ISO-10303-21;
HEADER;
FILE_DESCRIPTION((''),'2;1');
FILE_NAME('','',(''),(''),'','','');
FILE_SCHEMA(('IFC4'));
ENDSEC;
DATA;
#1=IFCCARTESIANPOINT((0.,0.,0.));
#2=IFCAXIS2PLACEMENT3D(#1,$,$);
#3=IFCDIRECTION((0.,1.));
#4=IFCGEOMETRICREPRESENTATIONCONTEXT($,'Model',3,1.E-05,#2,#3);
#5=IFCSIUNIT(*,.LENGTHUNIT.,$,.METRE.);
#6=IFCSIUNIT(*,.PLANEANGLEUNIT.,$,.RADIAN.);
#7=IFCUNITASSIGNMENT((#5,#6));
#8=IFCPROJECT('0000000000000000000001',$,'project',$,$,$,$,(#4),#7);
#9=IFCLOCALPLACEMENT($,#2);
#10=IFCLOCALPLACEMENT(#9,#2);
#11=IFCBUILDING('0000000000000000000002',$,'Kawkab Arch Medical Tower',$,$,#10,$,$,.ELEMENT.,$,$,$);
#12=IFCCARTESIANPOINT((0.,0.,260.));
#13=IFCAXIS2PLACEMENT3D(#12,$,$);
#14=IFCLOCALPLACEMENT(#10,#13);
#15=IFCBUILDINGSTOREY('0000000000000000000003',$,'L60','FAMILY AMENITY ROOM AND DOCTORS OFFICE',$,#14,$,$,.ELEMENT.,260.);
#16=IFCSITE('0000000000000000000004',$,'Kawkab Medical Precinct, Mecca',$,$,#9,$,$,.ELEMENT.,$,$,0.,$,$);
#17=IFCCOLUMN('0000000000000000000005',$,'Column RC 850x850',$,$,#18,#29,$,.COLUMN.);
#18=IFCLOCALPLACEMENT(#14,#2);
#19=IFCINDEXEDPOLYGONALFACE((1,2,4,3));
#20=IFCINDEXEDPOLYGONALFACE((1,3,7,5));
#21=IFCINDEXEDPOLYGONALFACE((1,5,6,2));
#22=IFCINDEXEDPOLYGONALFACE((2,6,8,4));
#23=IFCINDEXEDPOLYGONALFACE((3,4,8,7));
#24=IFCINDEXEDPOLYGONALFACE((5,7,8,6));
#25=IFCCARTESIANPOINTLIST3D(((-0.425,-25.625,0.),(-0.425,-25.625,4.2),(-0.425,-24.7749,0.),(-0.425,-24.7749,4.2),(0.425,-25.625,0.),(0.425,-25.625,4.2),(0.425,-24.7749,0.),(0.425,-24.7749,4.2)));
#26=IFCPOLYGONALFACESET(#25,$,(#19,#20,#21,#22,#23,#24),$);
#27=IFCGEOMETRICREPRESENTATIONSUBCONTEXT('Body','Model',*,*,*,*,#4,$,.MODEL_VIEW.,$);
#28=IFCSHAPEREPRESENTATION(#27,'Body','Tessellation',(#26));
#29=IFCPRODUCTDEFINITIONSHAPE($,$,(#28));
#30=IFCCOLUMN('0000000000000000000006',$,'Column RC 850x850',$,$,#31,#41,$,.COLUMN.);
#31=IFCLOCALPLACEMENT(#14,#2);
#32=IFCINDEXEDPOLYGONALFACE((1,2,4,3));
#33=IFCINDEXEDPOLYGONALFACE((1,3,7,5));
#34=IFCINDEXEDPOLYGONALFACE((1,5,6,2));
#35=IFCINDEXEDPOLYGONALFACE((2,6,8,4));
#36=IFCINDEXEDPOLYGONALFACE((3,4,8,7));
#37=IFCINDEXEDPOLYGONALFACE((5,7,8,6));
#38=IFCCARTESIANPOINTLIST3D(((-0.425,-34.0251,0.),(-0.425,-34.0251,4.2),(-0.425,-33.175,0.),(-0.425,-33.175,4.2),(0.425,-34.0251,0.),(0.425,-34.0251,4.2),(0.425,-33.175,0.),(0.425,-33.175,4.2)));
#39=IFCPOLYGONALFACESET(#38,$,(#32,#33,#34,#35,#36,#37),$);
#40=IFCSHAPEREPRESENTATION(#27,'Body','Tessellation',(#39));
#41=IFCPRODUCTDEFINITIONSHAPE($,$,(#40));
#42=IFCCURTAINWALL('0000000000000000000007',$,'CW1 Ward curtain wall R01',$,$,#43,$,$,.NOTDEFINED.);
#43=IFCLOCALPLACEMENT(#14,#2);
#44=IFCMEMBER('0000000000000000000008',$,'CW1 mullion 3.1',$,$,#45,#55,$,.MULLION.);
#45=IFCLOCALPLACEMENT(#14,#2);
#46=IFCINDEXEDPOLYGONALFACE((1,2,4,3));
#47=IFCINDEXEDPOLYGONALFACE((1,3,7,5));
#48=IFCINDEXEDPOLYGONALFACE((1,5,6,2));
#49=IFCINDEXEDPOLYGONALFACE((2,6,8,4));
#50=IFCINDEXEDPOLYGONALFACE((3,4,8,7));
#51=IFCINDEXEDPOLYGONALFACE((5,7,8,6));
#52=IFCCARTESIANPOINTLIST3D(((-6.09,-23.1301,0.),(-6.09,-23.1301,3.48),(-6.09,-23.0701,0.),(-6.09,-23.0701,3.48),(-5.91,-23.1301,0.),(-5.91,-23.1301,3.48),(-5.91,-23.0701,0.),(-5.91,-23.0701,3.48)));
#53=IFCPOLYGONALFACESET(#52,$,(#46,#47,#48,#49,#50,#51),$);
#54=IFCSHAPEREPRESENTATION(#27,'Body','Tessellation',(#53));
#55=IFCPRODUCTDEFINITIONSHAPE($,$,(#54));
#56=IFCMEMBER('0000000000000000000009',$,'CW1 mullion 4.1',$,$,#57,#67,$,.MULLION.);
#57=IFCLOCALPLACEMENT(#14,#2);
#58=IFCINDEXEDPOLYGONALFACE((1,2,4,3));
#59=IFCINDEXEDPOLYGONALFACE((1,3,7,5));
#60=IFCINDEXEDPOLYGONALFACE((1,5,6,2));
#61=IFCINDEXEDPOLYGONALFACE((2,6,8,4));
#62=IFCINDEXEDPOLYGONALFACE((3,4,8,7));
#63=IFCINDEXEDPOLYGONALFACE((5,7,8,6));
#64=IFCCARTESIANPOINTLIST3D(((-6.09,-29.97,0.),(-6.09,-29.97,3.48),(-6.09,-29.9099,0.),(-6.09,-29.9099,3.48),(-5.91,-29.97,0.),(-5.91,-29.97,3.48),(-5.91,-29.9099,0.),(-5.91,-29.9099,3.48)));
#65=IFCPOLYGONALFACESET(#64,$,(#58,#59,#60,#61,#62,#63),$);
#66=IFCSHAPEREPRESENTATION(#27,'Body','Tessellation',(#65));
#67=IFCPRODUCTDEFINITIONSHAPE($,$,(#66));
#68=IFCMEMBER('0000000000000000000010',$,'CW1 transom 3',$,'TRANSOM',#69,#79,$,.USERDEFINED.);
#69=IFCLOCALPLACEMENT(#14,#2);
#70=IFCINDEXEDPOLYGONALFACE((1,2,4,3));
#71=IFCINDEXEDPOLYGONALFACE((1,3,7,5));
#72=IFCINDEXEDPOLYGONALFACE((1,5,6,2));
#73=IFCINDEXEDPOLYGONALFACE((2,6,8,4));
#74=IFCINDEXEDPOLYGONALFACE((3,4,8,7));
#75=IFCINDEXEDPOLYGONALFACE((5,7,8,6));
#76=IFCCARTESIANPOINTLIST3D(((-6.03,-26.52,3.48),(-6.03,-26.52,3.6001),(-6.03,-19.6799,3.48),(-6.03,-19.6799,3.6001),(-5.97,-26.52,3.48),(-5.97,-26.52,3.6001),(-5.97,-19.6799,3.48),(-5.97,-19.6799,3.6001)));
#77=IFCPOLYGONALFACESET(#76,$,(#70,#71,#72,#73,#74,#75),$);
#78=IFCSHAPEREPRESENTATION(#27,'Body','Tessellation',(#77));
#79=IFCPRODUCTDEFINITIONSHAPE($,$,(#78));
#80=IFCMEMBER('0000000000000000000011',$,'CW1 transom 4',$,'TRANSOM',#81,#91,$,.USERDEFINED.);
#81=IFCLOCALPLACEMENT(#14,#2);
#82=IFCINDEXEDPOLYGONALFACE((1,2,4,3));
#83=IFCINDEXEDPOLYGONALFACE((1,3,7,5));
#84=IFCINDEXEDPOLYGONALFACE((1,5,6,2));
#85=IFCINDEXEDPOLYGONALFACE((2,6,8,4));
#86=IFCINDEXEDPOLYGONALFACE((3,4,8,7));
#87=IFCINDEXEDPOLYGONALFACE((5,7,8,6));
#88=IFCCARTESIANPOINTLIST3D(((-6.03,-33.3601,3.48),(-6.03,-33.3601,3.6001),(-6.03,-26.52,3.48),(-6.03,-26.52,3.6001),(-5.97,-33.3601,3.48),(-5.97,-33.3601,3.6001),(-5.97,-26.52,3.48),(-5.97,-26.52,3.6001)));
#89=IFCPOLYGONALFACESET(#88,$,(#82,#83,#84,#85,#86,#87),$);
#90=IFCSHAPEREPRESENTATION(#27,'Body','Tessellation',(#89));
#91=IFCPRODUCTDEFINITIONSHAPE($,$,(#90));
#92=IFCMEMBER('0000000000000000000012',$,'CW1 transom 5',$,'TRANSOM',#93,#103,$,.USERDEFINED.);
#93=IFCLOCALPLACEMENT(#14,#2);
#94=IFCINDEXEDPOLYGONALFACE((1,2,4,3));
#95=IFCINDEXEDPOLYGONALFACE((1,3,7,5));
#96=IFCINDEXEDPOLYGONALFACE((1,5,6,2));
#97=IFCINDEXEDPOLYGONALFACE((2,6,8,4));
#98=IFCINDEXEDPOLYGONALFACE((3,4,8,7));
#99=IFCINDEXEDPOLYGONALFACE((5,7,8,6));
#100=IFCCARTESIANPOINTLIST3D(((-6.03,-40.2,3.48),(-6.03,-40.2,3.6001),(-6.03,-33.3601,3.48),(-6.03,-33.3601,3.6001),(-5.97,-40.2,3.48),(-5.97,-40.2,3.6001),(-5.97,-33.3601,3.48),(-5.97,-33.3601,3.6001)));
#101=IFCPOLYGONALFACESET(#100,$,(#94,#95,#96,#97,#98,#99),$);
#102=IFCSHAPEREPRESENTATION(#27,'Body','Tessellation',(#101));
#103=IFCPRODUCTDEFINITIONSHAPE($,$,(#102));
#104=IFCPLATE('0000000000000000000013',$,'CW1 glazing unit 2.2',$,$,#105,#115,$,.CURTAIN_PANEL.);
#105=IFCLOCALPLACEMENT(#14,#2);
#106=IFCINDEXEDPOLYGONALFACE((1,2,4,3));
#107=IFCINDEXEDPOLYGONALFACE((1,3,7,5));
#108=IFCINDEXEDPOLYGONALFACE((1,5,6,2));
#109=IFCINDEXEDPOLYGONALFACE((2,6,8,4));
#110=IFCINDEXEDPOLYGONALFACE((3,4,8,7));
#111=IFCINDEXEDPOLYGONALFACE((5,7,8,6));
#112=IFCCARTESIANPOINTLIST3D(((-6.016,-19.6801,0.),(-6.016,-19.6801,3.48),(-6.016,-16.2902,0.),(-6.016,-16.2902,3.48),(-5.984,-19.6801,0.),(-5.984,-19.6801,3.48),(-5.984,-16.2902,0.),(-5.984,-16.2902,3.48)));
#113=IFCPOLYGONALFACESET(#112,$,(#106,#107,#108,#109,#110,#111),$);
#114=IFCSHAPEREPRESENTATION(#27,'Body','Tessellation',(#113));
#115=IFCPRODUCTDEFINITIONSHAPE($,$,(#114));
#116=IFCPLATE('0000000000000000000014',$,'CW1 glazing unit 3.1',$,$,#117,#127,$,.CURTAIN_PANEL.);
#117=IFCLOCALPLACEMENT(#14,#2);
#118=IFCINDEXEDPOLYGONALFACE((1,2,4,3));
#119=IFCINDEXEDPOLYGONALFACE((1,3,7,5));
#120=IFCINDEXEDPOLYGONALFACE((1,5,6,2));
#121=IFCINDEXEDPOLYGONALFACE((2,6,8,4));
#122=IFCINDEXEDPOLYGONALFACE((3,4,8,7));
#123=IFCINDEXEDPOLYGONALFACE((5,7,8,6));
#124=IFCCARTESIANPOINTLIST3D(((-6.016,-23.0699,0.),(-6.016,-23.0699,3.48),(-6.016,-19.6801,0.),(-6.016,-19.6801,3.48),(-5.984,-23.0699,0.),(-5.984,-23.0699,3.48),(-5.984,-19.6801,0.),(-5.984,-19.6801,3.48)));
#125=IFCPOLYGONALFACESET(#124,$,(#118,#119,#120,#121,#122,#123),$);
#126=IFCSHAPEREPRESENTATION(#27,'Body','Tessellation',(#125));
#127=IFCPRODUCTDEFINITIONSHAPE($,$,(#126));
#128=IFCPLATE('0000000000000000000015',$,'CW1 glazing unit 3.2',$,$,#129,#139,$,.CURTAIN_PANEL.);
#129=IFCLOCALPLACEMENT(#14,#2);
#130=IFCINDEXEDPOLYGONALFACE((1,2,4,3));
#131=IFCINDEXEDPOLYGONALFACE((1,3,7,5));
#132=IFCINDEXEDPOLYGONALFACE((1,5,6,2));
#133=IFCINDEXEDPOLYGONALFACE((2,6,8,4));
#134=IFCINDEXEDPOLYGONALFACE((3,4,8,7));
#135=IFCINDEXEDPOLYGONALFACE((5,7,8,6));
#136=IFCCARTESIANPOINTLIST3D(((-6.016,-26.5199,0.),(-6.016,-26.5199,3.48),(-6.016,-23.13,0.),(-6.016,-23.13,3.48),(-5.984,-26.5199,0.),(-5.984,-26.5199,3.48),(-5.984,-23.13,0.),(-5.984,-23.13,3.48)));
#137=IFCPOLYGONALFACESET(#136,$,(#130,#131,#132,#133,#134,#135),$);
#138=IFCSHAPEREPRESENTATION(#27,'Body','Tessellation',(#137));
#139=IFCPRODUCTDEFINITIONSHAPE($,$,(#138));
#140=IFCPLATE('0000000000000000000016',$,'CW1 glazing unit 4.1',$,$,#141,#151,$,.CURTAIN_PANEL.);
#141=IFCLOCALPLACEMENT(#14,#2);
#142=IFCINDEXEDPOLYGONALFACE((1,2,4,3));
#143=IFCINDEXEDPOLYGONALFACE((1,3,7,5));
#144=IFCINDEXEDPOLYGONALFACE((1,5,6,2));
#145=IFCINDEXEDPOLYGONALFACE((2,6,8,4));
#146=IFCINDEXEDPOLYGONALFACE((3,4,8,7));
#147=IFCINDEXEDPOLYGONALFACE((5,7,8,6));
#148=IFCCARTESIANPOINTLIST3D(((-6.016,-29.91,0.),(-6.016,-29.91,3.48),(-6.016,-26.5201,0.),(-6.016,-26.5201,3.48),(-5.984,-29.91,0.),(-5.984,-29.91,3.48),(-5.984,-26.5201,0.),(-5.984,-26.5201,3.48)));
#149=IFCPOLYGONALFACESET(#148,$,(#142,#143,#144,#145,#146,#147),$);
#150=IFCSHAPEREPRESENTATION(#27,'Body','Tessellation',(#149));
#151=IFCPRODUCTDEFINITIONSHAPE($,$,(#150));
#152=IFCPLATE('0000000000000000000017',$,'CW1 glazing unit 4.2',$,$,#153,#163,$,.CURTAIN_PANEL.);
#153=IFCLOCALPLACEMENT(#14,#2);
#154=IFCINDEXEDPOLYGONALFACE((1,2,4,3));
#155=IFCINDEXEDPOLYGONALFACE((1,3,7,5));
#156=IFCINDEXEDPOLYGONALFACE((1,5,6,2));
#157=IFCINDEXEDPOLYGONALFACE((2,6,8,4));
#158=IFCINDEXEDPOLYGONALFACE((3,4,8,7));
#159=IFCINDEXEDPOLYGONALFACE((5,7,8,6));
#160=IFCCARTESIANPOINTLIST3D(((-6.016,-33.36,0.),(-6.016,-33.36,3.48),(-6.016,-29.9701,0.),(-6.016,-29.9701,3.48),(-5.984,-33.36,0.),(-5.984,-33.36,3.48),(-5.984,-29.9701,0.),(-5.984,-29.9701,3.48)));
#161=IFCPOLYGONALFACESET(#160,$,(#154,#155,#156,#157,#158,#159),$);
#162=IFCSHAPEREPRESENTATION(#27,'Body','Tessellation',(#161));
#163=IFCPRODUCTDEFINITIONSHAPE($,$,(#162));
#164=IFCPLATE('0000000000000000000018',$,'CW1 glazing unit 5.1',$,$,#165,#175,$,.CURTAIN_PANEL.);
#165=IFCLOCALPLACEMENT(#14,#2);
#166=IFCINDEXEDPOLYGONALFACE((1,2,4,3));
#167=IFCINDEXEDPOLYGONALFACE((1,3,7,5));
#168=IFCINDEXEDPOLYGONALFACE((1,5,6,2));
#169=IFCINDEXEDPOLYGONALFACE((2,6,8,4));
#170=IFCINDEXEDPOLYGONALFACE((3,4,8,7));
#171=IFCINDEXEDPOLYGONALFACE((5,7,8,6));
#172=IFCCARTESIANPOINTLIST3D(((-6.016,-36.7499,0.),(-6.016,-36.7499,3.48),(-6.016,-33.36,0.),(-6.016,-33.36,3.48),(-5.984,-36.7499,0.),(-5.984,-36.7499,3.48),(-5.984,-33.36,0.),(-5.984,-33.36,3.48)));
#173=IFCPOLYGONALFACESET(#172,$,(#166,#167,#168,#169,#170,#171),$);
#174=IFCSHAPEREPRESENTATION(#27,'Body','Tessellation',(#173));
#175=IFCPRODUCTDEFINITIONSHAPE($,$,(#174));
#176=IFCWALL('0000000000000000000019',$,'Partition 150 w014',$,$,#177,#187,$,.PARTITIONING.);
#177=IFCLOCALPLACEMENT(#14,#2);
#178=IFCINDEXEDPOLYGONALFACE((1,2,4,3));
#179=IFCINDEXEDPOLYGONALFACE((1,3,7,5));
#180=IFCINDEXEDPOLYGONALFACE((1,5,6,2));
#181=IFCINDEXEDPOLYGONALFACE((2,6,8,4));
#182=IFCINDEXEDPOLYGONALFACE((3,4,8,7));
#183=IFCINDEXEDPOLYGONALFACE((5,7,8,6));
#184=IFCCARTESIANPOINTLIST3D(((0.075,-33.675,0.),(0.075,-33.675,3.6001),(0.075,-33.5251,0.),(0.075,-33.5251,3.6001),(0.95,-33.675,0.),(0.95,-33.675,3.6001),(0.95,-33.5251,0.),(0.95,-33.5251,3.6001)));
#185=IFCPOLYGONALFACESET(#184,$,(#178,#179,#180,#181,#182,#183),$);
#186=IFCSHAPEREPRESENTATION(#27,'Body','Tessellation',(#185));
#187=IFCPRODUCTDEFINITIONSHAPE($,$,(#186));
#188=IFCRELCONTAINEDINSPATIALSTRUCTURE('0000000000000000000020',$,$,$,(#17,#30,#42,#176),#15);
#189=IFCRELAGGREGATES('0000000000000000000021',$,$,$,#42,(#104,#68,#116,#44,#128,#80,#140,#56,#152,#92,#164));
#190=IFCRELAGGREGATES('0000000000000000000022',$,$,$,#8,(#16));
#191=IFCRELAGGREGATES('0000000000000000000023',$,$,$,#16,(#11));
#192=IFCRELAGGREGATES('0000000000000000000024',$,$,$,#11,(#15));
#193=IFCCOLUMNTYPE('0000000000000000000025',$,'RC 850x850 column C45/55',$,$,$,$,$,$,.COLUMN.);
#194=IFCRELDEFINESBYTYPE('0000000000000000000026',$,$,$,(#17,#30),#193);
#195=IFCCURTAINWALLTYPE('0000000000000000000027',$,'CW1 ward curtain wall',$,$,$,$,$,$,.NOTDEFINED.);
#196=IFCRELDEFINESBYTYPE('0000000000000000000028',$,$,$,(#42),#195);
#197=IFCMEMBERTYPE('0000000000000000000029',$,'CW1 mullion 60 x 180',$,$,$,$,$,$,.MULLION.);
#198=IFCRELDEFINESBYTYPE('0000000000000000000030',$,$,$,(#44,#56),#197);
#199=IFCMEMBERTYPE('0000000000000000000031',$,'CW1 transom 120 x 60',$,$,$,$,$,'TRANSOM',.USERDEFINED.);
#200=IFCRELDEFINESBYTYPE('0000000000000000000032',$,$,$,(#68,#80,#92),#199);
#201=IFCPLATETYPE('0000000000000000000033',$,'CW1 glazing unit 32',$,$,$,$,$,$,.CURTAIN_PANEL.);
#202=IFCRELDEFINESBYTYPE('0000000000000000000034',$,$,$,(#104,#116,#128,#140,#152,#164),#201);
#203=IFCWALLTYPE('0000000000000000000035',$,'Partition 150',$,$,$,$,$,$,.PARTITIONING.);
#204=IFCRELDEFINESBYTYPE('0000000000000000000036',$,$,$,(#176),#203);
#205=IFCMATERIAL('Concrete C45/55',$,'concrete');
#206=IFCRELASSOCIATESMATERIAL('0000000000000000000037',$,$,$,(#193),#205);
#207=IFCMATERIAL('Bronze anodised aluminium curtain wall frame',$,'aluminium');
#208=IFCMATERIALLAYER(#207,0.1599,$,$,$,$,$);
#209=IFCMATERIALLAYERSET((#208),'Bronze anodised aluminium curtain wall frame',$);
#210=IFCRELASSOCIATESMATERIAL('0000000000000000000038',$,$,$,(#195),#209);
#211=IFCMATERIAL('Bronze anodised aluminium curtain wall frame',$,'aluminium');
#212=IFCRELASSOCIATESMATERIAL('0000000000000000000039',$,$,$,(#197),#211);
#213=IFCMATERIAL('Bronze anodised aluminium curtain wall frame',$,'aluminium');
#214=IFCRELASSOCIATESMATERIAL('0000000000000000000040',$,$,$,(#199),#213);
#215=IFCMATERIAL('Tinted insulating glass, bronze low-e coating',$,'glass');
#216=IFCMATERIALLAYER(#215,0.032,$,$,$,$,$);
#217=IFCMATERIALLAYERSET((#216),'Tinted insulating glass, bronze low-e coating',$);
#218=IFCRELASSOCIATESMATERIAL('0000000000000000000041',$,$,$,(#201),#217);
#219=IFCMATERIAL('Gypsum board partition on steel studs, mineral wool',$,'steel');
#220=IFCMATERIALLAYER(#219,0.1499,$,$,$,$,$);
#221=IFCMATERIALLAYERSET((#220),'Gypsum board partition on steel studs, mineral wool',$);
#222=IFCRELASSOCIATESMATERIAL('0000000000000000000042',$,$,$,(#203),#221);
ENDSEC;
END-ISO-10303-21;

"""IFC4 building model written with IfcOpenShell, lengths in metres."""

from ifc_helpers import new_model, si_unit, direction, frame, frame_2d, origin, origin_2d, place, context, subcontext, project, spatial, rectangle, extrude, material, layer, layer_set, material_profile, profile_set, type_object, element, aggregate, save


model = new_model("IFC4")

# Units and contexts
model_context = context("Model", 3, precision=1e-05, world=origin(), true_north=direction((0.0, 1.0)))
body_context = subcontext(model_context, "Body", "Model", "MODEL_VIEW")
ifc_project = project(units=[si_unit("LENGTHUNIT", "METRE"), si_unit("PLANEANGLEUNIT", "RADIAN")], contexts=[model_context])

# Site, building, storey
site_placement = place(None, origin())
site = spatial("IfcSite", under=ifc_project, at=site_placement, Name="Kawkab Medical Precinct, Mecca", CompositionType="ELEMENT", RefElevation=0.0)
building_placement = place(site_placement, origin())
building = spatial("IfcBuilding", under=site, at=building_placement, Name="Kawkab Arch Medical Tower", CompositionType="ELEMENT")
storey_placement = place(building_placement, frame((0.0, 0.0, 260.0)))
storey = spatial("IfcBuildingStorey", under=building, at=storey_placement, Name="L60", Description="FAMILY AMENITY ROOM AND DOCTORS OFFICE", CompositionType="ELEMENT", Elevation=260.0)

# Columns
ifc_material_1 = material(Name="Concrete C45/55", Category="concrete")
ifc_material_profile_1 = material_profile(ifc_material_1, rectangle(XDim=0.8501, YDim=0.8501, at=origin_2d()), Name="RC 850x850")
ifc_profile_set_1 = profile_set([ifc_material_profile_1], Name="Concrete C45/55")
column_type = type_object("IfcColumnType", Name="RC 850x850 column C45/55", PredefinedType="COLUMN", material=ifc_profile_set_1)
for number, where, z_axis, x_axis, name in (
    (1, (0.0, -25.2, 0.0), (0.0, 0.0, 1.0), (1.0, 0.0, 0.0), "Column RC 850x850"),
    (2, (0.0, -33.6001, 0.0), (0.0, 0.0, 1.0), (1.0, 0.0, 0.0), "Column RC 850x850"),
):
    element("IfcColumn", number, at=place(storey_placement, frame(where, z_axis=z_axis, x_axis=x_axis)), inside=storey, type_object=column_type, Name=name, PredefinedType="COLUMN", context=body_context, shape_type="SweptSolid", body=[
        extrude(rectangle(XDim=0.8501, YDim=0.8501, at=origin_2d()), origin(), (0.0, 0.0, 1.0), 4.2),
    ])

# Curtain wall, members, plates
ifc_material_2 = material(Name="Bronze anodised aluminium curtain wall frame", Category="aluminium")
ifc_layer_1 = layer(ifc_material_2, 0.1599)
ifc_layer_set_1 = layer_set([ifc_layer_1], Name="Bronze anodised aluminium curtain wall frame")
curtain_wall_type = type_object("IfcCurtainWallType", Name="CW1 ward curtain wall", PredefinedType="NOTDEFINED", material=ifc_layer_set_1)
curtain_wall_placement = place(storey_placement, origin())
curtain_wall = element("IfcCurtainWall", 3, at=curtain_wall_placement, inside=storey, type_object=curtain_wall_type, Name="CW1 Ward curtain wall R01", PredefinedType="NOTDEFINED")
ifc_material_3 = material(Name="Bronze anodised aluminium curtain wall frame", Category="aluminium")
ifc_material_profile_2 = material_profile(ifc_material_3, rectangle(XDim=0.1799, YDim=0.0601, at=origin_2d()), Name="AL 60x180")
ifc_profile_set_2 = profile_set([ifc_material_profile_2], Name="Bronze anodised aluminium curtain wall frame")
member_type_1 = type_object("IfcMemberType", Name="CW1 mullion 60 x 180", PredefinedType="MULLION", material=ifc_profile_set_2)
member_1_placement = place(storey_placement, frame((-6.0, -23.1001, 0.0), z_axis=(0.0, 0.0, 1.0), x_axis=(1.0, 0.0, 0.0)))
member_1 = element("IfcMember", 4, at=member_1_placement, type_object=member_type_1, Name="CW1 mullion 3.1", PredefinedType="MULLION", context=body_context, shape_type="SweptSolid", body=[
    extrude(rectangle(XDim=0.1799, YDim=0.0601, at=origin_2d()), origin(), (0.0, 0.0, 1.0), 3.48),
])
member_2_placement = place(storey_placement, frame((-6.0, -29.9399, 0.0), z_axis=(0.0, 0.0, 1.0), x_axis=(1.0, 0.0, 0.0)))
member_2 = element("IfcMember", 5, at=member_2_placement, type_object=member_type_1, Name="CW1 mullion 4.1", PredefinedType="MULLION", context=body_context, shape_type="SweptSolid", body=[
    extrude(rectangle(XDim=0.1799, YDim=0.0601, at=origin_2d()), origin(), (0.0, 0.0, 1.0), 3.48),
])
ifc_material_4 = material(Name="Bronze anodised aluminium curtain wall frame", Category="aluminium")
ifc_material_profile_3 = material_profile(ifc_material_4, rectangle(XDim=0.0601, YDim=0.1201, at=origin_2d()), Name="AL 60x120")
ifc_profile_set_3 = profile_set([ifc_material_profile_3], Name="Bronze anodised aluminium curtain wall frame")
member_type_2 = type_object("IfcMemberType", Name="CW1 transom 120 x 60", ElementType="TRANSOM", PredefinedType="USERDEFINED", material=ifc_profile_set_3)
member_3_placement = place(storey_placement, frame((-6.0, -19.6799, 3.54), z_axis=(0.0, -1.0, 0.0), x_axis=(1.0, 0.0, 0.0)))
member_3 = element("IfcMember", 6, at=member_3_placement, type_object=member_type_2, Name="CW1 transom 3", ObjectType="TRANSOM", PredefinedType="USERDEFINED", context=body_context, shape_type="SweptSolid", body=[
    extrude(rectangle(XDim=0.0601, YDim=0.1201, at=origin_2d()), origin(), (0.0, 0.0, 1.0), 6.8401),
])
member_4_placement = place(storey_placement, frame((-6.0, -26.52, 3.54), z_axis=(0.0, -1.0, 0.0), x_axis=(1.0, 0.0, 0.0)))
member_4 = element("IfcMember", 7, at=member_4_placement, type_object=member_type_2, Name="CW1 transom 4", ObjectType="TRANSOM", PredefinedType="USERDEFINED", context=body_context, shape_type="SweptSolid", body=[
    extrude(rectangle(XDim=0.0601, YDim=0.1201, at=origin_2d()), origin(), (0.0, 0.0, 1.0), 6.8401),
])
member_5_placement = place(storey_placement, frame((-6.0, -33.3601, 3.54), z_axis=(0.0, -1.0, 0.0), x_axis=(1.0, 0.0, 0.0)))
member_5 = element("IfcMember", 8, at=member_5_placement, type_object=member_type_2, Name="CW1 transom 5", ObjectType="TRANSOM", PredefinedType="USERDEFINED", context=body_context, shape_type="SweptSolid", body=[
    extrude(rectangle(XDim=0.0601, YDim=0.1201, at=origin_2d()), origin(), (0.0, 0.0, 1.0), 6.8398),
])
ifc_material_5 = material(Name="Tinted insulating glass, bronze low-e coating", Category="glass")
ifc_layer_2 = layer(ifc_material_5, 0.032)
ifc_layer_set_2 = layer_set([ifc_layer_2], Name="Tinted insulating glass, bronze low-e coating")
plate_type = type_object("IfcPlateType", Name="CW1 glazing unit 32", PredefinedType="CURTAIN_PANEL", material=ifc_layer_set_2)
plate_1_placement = place(storey_placement, frame((-6.0, -17.9851, 0.0), z_axis=(0.0, 0.0, 1.0), x_axis=(0.0, -1.0, 0.0)))
plate_1 = element("IfcPlate", 9, at=plate_1_placement, type_object=plate_type, Name="CW1 glazing unit 2.2", PredefinedType="CURTAIN_PANEL", context=body_context, shape_type="SweptSolid", body=[
    extrude(rectangle(XDim=3.3899, YDim=0.032, at=origin_2d()), origin(), (0.0, 0.0, 1.0), 3.48),
])
plate_2_placement = place(storey_placement, frame((-6.0, -21.375, 0.0), z_axis=(0.0, 0.0, 1.0), x_axis=(0.0, -1.0, 0.0)))
plate_2 = element("IfcPlate", 10, at=plate_2_placement, type_object=plate_type, Name="CW1 glazing unit 3.1", PredefinedType="CURTAIN_PANEL", context=body_context, shape_type="SweptSolid", body=[
    extrude(rectangle(XDim=3.3899, YDim=0.032, at=origin_2d()), origin(), (0.0, 0.0, 1.0), 3.48),
])
plate_3_placement = place(storey_placement, frame((-6.0, -24.825, 0.0), z_axis=(0.0, 0.0, 1.0), x_axis=(0.0, -1.0, 0.0)))
plate_3 = element("IfcPlate", 11, at=plate_3_placement, type_object=plate_type, Name="CW1 glazing unit 3.2", PredefinedType="CURTAIN_PANEL", context=body_context, shape_type="SweptSolid", body=[
    extrude(rectangle(XDim=3.3899, YDim=0.032, at=origin_2d()), origin(), (0.0, 0.0, 1.0), 3.48),
])
plate_4_placement = place(storey_placement, frame((-6.0, -28.2151, 0.0), z_axis=(0.0, 0.0, 1.0), x_axis=(0.0, -1.0, 0.0)))
plate_4 = element("IfcPlate", 12, at=plate_4_placement, type_object=plate_type, Name="CW1 glazing unit 4.1", PredefinedType="CURTAIN_PANEL", context=body_context, shape_type="SweptSolid", body=[
    extrude(rectangle(XDim=3.3899, YDim=0.032, at=origin_2d()), origin(), (0.0, 0.0, 1.0), 3.48),
])
plate_5_placement = place(storey_placement, frame((-6.0, -31.665, 0.0), z_axis=(0.0, 0.0, 1.0), x_axis=(0.0, -1.0, 0.0)))
plate_5 = element("IfcPlate", 13, at=plate_5_placement, type_object=plate_type, Name="CW1 glazing unit 4.2", PredefinedType="CURTAIN_PANEL", context=body_context, shape_type="SweptSolid", body=[
    extrude(rectangle(XDim=3.3899, YDim=0.032, at=origin_2d()), origin(), (0.0, 0.0, 1.0), 3.48),
])
plate_6_placement = place(storey_placement, frame((-6.0, -35.0549, 0.0), z_axis=(0.0, 0.0, 1.0), x_axis=(0.0, -1.0, 0.0)))
plate_6 = element("IfcPlate", 14, at=plate_6_placement, type_object=plate_type, Name="CW1 glazing unit 5.1", PredefinedType="CURTAIN_PANEL", context=body_context, shape_type="SweptSolid", body=[
    extrude(rectangle(XDim=3.3899, YDim=0.032, at=origin_2d()), origin(), (0.0, 0.0, 1.0), 3.48),
])
aggregate(curtain_wall, [plate_1, member_3, plate_2, member_1, plate_3, member_4, plate_4, member_2, plate_5, member_5, plate_6])

# Wall
ifc_material_6 = material(Name="Gypsum board partition on steel studs, mineral wool", Category="steel")
ifc_layer_3 = layer(ifc_material_6, 0.1499)
ifc_layer_set_3 = layer_set([ifc_layer_3], Name="Gypsum board partition on steel studs, mineral wool")
wall_type_1 = type_object("IfcWallType", Name="Partition 150", PredefinedType="PARTITIONING", material=ifc_layer_set_3)
wall_1_placement = place(storey_placement, frame((0.075, -33.6001, 0.0), z_axis=(0.0, 0.0, 1.0), x_axis=(1.0, 0.0, 0.0)))
element("IfcWall", 15, at=wall_1_placement, inside=storey, type_object=wall_type_1, Name="Partition 150 w014", PredefinedType="PARTITIONING", context=body_context, shape_type="SweptSolid", body=[
    extrude(rectangle(XDim=0.875, YDim=0.1499, at=frame_2d((0.4375, 0.0))), origin(), (0.0, 0.0, 1.0), 3.6001),
])

save(model, "model.ifc")
